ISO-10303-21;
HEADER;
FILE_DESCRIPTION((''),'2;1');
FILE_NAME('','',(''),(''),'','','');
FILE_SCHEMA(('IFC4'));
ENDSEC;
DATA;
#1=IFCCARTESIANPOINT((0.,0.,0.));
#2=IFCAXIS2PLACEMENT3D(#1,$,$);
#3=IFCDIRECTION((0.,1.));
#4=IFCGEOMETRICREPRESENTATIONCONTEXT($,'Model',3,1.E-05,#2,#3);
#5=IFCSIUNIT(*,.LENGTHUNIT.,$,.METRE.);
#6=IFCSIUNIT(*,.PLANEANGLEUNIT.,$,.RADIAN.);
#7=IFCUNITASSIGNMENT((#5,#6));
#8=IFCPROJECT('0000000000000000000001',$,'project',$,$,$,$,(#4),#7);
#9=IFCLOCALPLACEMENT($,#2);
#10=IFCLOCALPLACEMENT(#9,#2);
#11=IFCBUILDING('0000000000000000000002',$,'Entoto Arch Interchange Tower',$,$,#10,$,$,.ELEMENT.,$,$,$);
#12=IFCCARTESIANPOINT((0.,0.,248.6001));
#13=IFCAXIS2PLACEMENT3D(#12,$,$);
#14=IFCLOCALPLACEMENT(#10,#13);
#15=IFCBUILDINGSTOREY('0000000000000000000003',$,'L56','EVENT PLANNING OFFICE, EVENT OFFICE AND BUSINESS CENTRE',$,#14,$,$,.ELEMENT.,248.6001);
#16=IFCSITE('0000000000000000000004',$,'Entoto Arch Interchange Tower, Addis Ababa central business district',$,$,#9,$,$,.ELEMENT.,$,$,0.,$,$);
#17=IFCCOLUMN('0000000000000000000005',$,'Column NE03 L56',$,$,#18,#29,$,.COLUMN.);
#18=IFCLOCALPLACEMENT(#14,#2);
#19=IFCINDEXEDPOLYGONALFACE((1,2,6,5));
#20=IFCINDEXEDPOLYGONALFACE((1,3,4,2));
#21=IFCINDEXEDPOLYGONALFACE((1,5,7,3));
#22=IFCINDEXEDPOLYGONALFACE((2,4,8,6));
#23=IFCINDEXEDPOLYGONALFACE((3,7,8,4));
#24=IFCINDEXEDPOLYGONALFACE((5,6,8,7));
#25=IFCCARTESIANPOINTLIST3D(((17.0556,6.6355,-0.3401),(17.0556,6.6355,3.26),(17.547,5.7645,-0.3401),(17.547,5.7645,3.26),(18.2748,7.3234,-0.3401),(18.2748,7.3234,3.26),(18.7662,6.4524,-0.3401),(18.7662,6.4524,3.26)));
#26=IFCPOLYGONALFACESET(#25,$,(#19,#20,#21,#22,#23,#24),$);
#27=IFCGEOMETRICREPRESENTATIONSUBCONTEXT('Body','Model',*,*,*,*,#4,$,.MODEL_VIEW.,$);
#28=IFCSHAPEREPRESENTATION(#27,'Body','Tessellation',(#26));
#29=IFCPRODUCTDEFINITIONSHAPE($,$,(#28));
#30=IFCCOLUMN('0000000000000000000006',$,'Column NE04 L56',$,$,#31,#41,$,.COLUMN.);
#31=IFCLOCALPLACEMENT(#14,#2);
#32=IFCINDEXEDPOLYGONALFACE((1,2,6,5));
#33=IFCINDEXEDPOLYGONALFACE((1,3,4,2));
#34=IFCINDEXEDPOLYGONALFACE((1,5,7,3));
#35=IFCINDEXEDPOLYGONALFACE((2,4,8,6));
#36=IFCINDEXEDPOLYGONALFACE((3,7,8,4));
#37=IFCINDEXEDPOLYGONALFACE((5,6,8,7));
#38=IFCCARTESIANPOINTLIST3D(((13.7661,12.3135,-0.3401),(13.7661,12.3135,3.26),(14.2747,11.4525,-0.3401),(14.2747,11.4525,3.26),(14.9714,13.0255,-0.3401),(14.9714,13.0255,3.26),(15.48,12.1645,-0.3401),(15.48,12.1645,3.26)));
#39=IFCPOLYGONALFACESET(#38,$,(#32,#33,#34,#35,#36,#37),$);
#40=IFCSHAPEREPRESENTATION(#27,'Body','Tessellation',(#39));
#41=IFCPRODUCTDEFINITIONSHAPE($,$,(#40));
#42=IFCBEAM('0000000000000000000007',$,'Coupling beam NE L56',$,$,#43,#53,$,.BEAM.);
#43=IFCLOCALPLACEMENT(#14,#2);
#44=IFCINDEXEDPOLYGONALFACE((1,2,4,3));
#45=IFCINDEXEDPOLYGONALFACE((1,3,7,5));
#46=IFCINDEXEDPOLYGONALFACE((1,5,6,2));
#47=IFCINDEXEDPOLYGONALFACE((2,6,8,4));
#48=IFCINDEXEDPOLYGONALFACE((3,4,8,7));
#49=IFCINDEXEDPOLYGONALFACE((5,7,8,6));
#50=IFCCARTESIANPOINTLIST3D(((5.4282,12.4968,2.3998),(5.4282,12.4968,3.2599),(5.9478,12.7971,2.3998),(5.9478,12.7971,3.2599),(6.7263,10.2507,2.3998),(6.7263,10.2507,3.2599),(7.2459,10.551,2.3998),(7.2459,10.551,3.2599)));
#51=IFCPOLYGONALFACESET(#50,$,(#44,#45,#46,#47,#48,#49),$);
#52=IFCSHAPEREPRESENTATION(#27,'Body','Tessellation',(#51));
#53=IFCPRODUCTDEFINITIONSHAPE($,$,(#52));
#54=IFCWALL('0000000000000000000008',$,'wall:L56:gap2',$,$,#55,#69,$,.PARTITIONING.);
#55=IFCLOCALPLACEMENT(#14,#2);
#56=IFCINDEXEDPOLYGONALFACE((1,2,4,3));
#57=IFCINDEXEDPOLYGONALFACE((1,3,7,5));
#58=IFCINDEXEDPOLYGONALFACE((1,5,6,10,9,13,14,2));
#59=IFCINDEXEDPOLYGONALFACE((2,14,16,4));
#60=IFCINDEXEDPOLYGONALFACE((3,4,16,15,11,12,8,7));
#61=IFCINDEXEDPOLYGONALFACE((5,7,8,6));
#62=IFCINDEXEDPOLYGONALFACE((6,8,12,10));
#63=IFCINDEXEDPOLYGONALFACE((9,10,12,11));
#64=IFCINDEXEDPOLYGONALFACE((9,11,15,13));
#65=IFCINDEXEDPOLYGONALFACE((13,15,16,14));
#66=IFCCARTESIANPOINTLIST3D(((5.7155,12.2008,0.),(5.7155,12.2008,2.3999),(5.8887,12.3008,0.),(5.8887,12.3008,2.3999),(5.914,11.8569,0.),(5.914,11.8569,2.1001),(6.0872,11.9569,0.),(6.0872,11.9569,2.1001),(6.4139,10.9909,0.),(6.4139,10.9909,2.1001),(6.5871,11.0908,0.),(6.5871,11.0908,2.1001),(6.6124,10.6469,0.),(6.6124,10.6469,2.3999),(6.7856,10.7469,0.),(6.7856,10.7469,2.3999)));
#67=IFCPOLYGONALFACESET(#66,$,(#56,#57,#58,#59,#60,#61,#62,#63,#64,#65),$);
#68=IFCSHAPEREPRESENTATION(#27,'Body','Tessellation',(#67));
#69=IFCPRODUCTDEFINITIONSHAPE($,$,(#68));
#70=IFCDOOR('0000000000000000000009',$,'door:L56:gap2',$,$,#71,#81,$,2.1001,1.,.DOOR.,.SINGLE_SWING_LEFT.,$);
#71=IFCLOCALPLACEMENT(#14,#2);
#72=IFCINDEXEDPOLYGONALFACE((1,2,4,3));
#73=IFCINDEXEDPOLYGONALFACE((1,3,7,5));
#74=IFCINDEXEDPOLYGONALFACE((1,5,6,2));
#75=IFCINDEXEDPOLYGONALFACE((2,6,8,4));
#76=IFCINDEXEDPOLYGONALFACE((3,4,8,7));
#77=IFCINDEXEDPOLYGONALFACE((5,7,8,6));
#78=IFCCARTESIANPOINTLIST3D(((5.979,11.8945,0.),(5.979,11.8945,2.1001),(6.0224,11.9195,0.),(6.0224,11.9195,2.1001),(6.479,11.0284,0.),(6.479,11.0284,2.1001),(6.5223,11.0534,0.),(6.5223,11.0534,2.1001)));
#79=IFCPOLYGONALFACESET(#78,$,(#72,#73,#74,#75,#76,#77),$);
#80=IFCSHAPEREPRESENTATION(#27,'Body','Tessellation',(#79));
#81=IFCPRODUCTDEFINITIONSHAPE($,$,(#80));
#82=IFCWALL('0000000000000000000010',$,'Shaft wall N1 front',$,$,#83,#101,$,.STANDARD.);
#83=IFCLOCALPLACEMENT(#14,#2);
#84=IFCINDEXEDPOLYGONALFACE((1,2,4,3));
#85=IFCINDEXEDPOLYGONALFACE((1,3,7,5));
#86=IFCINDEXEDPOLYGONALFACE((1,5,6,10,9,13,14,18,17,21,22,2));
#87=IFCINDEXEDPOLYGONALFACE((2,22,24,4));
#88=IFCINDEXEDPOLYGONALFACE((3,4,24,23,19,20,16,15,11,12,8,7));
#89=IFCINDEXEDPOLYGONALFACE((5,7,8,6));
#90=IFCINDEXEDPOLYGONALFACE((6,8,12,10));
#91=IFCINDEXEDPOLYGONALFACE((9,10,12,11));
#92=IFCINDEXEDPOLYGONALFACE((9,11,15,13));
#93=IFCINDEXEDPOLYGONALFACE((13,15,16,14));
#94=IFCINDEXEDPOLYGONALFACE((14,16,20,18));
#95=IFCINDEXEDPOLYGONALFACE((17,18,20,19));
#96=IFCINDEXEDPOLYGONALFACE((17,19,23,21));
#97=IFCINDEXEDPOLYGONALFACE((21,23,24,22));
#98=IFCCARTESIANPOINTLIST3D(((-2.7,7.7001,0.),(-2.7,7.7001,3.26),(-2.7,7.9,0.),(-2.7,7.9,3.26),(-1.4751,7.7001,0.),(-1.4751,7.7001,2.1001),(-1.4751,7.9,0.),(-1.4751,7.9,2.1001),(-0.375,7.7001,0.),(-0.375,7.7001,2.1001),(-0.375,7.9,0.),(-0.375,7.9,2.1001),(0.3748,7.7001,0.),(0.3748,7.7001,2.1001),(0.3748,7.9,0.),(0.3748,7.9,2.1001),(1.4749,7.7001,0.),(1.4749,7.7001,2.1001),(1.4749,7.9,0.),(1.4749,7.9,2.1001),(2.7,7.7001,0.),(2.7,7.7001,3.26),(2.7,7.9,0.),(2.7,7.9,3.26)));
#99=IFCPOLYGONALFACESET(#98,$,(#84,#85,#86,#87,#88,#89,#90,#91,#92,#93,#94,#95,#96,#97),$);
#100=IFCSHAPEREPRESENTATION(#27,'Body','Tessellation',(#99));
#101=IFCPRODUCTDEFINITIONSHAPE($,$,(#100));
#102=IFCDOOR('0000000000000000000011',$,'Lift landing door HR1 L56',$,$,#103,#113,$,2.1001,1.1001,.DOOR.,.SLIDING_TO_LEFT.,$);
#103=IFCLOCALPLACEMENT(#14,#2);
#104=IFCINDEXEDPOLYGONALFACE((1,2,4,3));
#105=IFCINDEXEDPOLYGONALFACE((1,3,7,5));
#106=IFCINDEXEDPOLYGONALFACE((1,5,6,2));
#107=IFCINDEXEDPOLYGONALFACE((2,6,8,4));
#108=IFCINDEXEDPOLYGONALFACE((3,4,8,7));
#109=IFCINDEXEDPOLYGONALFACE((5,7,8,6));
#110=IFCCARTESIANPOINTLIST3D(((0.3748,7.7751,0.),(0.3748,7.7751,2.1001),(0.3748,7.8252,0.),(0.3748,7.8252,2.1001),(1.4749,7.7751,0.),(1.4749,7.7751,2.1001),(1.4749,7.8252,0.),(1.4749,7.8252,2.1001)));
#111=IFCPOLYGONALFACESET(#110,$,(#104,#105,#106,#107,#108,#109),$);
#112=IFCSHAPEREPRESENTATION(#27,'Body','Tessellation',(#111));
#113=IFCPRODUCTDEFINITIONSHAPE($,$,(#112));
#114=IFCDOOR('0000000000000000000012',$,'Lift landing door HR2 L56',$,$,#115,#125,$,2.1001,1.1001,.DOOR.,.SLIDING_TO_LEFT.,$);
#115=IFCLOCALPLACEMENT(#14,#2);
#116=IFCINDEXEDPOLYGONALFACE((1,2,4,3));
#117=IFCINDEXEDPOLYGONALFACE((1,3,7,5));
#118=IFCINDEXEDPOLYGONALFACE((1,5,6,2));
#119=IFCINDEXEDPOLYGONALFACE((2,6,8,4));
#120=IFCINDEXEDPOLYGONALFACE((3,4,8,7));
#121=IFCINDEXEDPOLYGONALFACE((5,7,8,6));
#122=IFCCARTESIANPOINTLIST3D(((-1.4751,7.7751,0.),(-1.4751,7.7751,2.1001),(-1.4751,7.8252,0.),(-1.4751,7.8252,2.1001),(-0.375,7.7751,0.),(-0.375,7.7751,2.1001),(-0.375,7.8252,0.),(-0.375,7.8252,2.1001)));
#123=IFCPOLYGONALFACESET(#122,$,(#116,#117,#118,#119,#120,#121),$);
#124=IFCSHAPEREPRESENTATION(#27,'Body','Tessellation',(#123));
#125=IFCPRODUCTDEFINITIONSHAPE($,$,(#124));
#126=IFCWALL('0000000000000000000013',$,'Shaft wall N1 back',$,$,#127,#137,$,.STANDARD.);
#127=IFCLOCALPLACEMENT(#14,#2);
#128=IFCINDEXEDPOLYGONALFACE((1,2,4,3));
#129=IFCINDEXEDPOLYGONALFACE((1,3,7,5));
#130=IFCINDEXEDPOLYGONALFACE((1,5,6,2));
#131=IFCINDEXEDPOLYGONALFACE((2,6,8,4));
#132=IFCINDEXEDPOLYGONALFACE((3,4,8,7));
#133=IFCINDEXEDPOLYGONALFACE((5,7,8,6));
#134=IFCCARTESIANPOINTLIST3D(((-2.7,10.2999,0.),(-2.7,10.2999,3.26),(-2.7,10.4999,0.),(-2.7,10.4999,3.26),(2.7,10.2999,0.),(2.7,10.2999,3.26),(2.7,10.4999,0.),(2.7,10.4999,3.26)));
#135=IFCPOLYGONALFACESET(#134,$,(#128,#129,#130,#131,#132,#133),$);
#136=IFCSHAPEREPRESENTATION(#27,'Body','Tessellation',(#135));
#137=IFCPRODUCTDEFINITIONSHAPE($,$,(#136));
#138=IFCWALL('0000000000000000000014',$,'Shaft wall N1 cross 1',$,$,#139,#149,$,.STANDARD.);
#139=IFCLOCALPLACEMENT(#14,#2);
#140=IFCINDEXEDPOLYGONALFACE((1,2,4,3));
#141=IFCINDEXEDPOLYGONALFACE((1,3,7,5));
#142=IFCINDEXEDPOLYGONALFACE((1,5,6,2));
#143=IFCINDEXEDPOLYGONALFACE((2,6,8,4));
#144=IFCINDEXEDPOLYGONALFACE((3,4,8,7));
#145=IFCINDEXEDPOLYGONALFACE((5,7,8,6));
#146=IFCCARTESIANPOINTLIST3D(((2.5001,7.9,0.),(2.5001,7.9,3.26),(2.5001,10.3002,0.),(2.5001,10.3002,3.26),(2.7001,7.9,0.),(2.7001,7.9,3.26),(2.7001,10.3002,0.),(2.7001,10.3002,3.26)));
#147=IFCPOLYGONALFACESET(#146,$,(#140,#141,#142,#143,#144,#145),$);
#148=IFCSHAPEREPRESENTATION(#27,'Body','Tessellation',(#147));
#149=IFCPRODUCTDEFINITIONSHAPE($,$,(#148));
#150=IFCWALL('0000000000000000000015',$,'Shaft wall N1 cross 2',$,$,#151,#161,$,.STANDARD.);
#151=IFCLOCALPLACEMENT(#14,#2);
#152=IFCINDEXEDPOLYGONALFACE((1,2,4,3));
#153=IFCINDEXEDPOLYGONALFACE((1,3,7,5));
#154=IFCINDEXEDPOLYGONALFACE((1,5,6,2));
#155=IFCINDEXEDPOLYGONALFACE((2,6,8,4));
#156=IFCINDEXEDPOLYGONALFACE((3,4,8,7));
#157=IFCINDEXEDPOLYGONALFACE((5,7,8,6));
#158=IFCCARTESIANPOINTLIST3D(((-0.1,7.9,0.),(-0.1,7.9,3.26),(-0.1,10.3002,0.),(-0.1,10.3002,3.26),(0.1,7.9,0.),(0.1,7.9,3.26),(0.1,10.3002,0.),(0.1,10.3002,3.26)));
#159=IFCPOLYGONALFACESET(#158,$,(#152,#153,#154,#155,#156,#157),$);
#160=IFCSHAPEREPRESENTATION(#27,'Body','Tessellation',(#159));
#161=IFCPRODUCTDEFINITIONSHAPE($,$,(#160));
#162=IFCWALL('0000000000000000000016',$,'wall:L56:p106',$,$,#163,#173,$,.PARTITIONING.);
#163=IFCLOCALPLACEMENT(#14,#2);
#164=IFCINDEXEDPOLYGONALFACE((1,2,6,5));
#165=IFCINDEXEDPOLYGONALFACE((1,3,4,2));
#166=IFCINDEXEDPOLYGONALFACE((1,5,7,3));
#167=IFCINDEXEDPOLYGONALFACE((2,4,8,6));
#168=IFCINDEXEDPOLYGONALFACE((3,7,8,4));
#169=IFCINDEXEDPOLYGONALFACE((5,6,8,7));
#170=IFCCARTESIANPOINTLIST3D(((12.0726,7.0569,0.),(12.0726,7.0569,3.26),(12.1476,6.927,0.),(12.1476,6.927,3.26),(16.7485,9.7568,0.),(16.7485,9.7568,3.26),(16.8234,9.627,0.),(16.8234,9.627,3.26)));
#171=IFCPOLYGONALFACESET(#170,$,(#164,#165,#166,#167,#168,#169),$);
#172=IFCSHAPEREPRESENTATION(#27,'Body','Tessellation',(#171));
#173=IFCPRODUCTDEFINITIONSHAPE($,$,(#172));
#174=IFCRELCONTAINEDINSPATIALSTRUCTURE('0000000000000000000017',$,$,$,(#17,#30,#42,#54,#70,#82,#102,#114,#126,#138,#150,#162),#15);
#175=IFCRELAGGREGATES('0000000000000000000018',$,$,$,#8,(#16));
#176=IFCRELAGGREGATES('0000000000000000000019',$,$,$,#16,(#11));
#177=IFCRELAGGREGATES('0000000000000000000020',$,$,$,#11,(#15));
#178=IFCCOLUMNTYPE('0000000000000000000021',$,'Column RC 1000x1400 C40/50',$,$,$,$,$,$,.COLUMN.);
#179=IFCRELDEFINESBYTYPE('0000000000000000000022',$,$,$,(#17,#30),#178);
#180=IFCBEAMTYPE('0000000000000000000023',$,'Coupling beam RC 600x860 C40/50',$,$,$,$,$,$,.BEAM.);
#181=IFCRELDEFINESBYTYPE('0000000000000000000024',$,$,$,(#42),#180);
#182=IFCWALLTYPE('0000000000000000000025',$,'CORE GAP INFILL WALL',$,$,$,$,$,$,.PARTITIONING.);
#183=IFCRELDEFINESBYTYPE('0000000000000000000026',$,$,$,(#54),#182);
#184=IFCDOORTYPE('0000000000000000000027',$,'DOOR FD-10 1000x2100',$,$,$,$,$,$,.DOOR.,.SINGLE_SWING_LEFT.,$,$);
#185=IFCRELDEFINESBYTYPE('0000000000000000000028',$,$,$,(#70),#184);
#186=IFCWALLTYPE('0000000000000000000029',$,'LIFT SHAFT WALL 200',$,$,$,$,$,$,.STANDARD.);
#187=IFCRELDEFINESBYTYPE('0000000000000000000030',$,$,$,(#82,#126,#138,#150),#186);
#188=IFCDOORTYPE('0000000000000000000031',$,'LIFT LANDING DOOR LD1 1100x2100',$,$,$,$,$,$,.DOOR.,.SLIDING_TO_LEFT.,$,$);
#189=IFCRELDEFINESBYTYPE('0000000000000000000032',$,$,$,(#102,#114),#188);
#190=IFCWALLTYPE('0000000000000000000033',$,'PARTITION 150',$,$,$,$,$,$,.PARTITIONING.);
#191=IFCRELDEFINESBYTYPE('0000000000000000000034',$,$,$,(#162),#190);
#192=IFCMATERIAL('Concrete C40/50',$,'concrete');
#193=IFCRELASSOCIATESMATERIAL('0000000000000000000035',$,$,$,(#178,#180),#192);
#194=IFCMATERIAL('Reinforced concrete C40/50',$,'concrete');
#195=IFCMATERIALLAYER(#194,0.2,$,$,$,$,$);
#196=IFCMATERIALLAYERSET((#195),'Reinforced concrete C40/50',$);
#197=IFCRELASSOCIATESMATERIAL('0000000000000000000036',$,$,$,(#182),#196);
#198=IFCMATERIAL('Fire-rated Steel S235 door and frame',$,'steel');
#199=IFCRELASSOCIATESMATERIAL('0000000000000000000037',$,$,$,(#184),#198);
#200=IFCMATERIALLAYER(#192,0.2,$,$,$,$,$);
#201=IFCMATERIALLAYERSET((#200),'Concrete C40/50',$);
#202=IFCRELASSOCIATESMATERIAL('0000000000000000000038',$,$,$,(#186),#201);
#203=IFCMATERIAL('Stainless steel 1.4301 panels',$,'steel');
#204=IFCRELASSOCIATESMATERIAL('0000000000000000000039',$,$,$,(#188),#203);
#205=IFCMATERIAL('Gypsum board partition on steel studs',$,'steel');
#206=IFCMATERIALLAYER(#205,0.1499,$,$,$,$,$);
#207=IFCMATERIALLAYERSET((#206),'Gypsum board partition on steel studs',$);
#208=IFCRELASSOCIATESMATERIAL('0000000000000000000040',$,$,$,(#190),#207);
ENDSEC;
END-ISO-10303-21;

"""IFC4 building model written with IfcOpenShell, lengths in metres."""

from ifc_helpers import new_model, si_unit, direction, frame, frame_2d, origin, origin_2d, place, context, subcontext, project, spatial, rectangle, extrude, material, layer, layer_set, material_profile, profile_set, type_object, element, fill, save


model = new_model("IFC4")

# Units and contexts
model_context = context("Model", 3, precision=1e-05, world=origin(), true_north=direction((0.0, 1.0)))
body_context = subcontext(model_context, "Body", "Model", "MODEL_VIEW")
ifc_project = project(units=[si_unit("LENGTHUNIT", "METRE"), si_unit("PLANEANGLEUNIT", "RADIAN")], contexts=[model_context])

# Site, building, storey
site_placement = place(None, origin())
site = spatial("IfcSite", under=ifc_project, at=site_placement, Name="Entoto Arch Interchange Tower, Addis Ababa central business district", CompositionType="ELEMENT", RefElevation=0.0)
building_placement = place(site_placement, origin())
building = spatial("IfcBuilding", under=site, at=building_placement, Name="Entoto Arch Interchange Tower", CompositionType="ELEMENT")
storey_placement = place(building_placement, frame((0.0, 0.0, 248.6001)))
storey = spatial("IfcBuildingStorey", under=building, at=storey_placement, Name="L56", Description="EVENT PLANNING OFFICE, EVENT OFFICE AND BUSINESS CENTRE", CompositionType="ELEMENT", Elevation=248.6001)

# Columns
ifc_material_1 = material(Name="Concrete C40/50", Category="concrete")
ifc_material_profile_1 = material_profile(ifc_material_1, rectangle(XDim=1.0, YDim=1.3999, at=origin_2d()))
ifc_profile_set_1 = profile_set([ifc_material_profile_1], Name="Concrete C40/50")
column_type = type_object("IfcColumnType", Name="Column RC 1000x1400 C40/50", PredefinedType="COLUMN", material=ifc_profile_set_1)
for number, where, z_axis, x_axis, name in (
    (1, (17.9109, 6.5439, -0.3401), (0.0, 0.0, 1.0), (-0.491375, 0.870948, 0.0), "Column NE03 L56"),
    (2, (14.623, 12.239, -0.3401), (0.0, 0.0, 1.0), (-0.508576, 0.861017, 0.0), "Column NE04 L56"),
):
    element("IfcColumn", number, at=place(storey_placement, frame(where, z_axis=z_axis, x_axis=x_axis)), inside=storey, type_object=column_type, Name=name, PredefinedType="COLUMN", context=body_context, shape_type="SweptSolid", body=[
        extrude(rectangle(XDim=1.0, YDim=1.3999, at=origin_2d()), origin(), (0.0, 0.0, 1.0), 3.6001),
    ])

# Beam
ifc_material_profile_2 = material_profile(ifc_material_1, rectangle(XDim=0.6001, YDim=0.8601, at=origin_2d()))
ifc_profile_set_2 = profile_set([ifc_material_profile_2], Name="Concrete C40/50")
beam_type = type_object("IfcBeamType", Name="Coupling beam RC 600x860 C40/50", PredefinedType="BEAM", material=ifc_profile_set_2)
beam_placement = place(storey_placement, frame((6.9861, 10.4009, 2.8298), z_axis=(-0.50038, 0.865806, 0.0), x_axis=(-0.865806, -0.50038, 0.0)))
element("IfcBeam", 3, at=beam_placement, inside=storey, type_object=beam_type, Name="Coupling beam NE L56", PredefinedType="BEAM", context=body_context, shape_type="SweptSolid", body=[
    extrude(rectangle(XDim=0.6001, YDim=0.8601, at=origin_2d()), origin(), (0.0, 0.0, 1.0), 2.5942),
])

# Wall, opening, door
ifc_material_2 = material(Name="Reinforced concrete C40/50", Category="concrete")
ifc_layer_1 = layer(ifc_material_2, 0.2)
ifc_layer_set_1 = layer_set([ifc_layer_1], Name="Reinforced concrete C40/50")
wall_type_1 = type_object("IfcWallType", Name="CORE GAP INFILL WALL", PredefinedType="PARTITIONING", material=ifc_layer_set_1)
wall_1_placement = place(storey_placement, frame((6.699, 10.697, 0.0), z_axis=(0.0, 0.0, 1.0), x_axis=(-0.499915, 0.866075, 0.0)))
wall_1 = element("IfcWall", 4, at=wall_1_placement, inside=storey, type_object=wall_type_1, Name="wall:L56:gap2", PredefinedType="PARTITIONING", context=body_context, shape_type="SweptSolid", body=[
    extrude(rectangle(XDim=1.7942, YDim=0.2, at=frame_2d((0.897, 0.0))), origin(), (0.0, 0.0, 1.0), 2.3999),
])
opening_1_placement = place(wall_1_placement, frame((0.397, 0.0, 0.0)))
opening_1 = element("IfcOpeningElement", 5, at=opening_1_placement, cuts=wall_1, PredefinedType="OPENING", context=body_context, shape_type="SweptSolid", body=[
    extrude(rectangle(XDim=1.0, YDim=2.1001, at=frame_2d((0.5, 1.05))), frame((0.0, 0.1099, 0.0), z_axis=(0.0, -1.0, 0.0), x_axis=(1.0, 0.0, 0.0)), (0.0, 0.0, 1.0), 0.22),
])
ifc_material_3 = material(Name="Fire-rated Steel S235 door and frame", Category="steel")
door_type_1 = type_object("IfcDoorType", Name="DOOR FD-10 1000x2100", OperationType="SINGLE_SWING_LEFT", PredefinedType="DOOR", material=ifc_material_3)
door_1_placement = place(opening_1_placement, origin())
door_1 = element("IfcDoor", 6, at=door_1_placement, inside=storey, type_object=door_type_1, Name="door:L56:gap2", OperationType="SINGLE_SWING_LEFT", OverallHeight=2.1001, OverallWidth=1.0, PredefinedType="DOOR", context=body_context, shape_type="SweptSolid", body=[
    extrude(rectangle(XDim=1.0, YDim=2.1001, at=frame_2d((0.5, 1.05))), frame((0.0, 0.0249, 0.0), z_axis=(0.0, -1.0, 0.0), x_axis=(1.0, 0.0, 0.0)), (0.0, 0.0, 1.0), 0.05),
])
fill(opening_1, door_1)

# Wall, openings, doors
ifc_layer_2 = layer(ifc_material_1, 0.2)
ifc_layer_set_2 = layer_set([ifc_layer_2], Name="Concrete C40/50")
wall_type_2 = type_object("IfcWallType", Name="LIFT SHAFT WALL 200", PredefinedType="STANDARD", material=ifc_layer_set_2)
wall_2_placement = place(storey_placement, frame((2.7, 7.8, 0.0), z_axis=(0.0, 0.0, 1.0), x_axis=(-1.0, 0.0, 0.0)))
wall_2 = element("IfcWall", 7, at=wall_2_placement, inside=storey, type_object=wall_type_2, Name="Shaft wall N1 front", PredefinedType="STANDARD", context=body_context, shape_type="SweptSolid", body=[
    extrude(rectangle(XDim=5.3999, YDim=0.2, at=frame_2d((2.7, 0.0))), origin(), (0.0, 0.0, 1.0), 3.26),
])
opening_2_placement = place(wall_2_placement, frame((1.2251, 0.0, 0.0)))
opening_2 = element("IfcOpeningElement", 8, at=opening_2_placement, cuts=wall_2, PredefinedType="OPENING", context=body_context, shape_type="SweptSolid", body=[
    extrude(rectangle(XDim=1.1001, YDim=2.1001, at=frame_2d((0.55, 1.05))), frame((0.0, 0.1099, 0.0), z_axis=(0.0, -1.0, 0.0), x_axis=(1.0, 0.0, 0.0)), (0.0, 0.0, 1.0), 0.22),
])
opening_3_placement = place(wall_2_placement, frame((3.075, 0.0, 0.0)))
opening_3 = element("IfcOpeningElement", 9, at=opening_3_placement, cuts=wall_2, PredefinedType="OPENING", context=body_context, shape_type="SweptSolid", body=[
    extrude(rectangle(XDim=1.1001, YDim=2.1001, at=frame_2d((0.55, 1.05))), frame((0.0, 0.1099, 0.0), z_axis=(0.0, -1.0, 0.0), x_axis=(1.0, 0.0, 0.0)), (0.0, 0.0, 1.0), 0.22),
])
ifc_material_4 = material(Name="Stainless steel 1.4301 panels", Category="steel")
door_type_2 = type_object("IfcDoorType", Name="LIFT LANDING DOOR LD1 1100x2100", OperationType="SLIDING_TO_LEFT", PredefinedType="DOOR", material=ifc_material_4)
door_2_placement = place(opening_2_placement, origin())
door_2 = element("IfcDoor", 10, at=door_2_placement, inside=storey, type_object=door_type_2, Name="Lift landing door HR1 L56", OperationType="SLIDING_TO_LEFT", OverallHeight=2.1001, OverallWidth=1.1001, PredefinedType="DOOR", context=body_context, shape_type="SweptSolid", body=[
    extrude(rectangle(XDim=1.1001, YDim=2.1001, at=frame_2d((0.55, 1.05))), frame((0.0, 0.0249, 0.0), z_axis=(0.0, -1.0, 0.0), x_axis=(1.0, 0.0, 0.0)), (0.0, 0.0, 1.0), 0.05),
])
fill(opening_2, door_2)
door_3_placement = place(opening_3_placement, origin())
door_3 = element("IfcDoor", 11, at=door_3_placement, inside=storey, type_object=door_type_2, Name="Lift landing door HR2 L56", OperationType="SLIDING_TO_LEFT", OverallHeight=2.1001, OverallWidth=1.1001, PredefinedType="DOOR", context=body_context, shape_type="SweptSolid", body=[
    extrude(rectangle(XDim=1.1001, YDim=2.1001, at=frame_2d((0.55, 1.05))), frame((0.0, 0.0249, 0.0), z_axis=(0.0, -1.0, 0.0), x_axis=(1.0, 0.0, 0.0)), (0.0, 0.0, 1.0), 0.05),
])
fill(opening_3, door_3)

# Walls
wall_3_placement = place(storey_placement, frame((2.7, 10.3999, 0.0), z_axis=(0.0, 0.0, 1.0), x_axis=(-1.0, 0.0, 0.0)))
element("IfcWall", 12, at=wall_3_placement, inside=storey, type_object=wall_type_2, Name="Shaft wall N1 back", PredefinedType="STANDARD", context=body_context, shape_type="SweptSolid", body=[
    extrude(rectangle(XDim=5.3999, YDim=0.2, at=frame_2d((2.7, 0.0))), origin(), (0.0, 0.0, 1.0), 3.26),
])
for number, where, z_axis, x_axis, name in (
    (13, (2.6001, 7.8999, 0.0), (0.0, 0.0, 1.0), (0.0, 1.0, 0.0), "Shaft wall N1 cross 1"),
    (14, (0.0, 7.8999, 0.0), (0.0, 0.0, 1.0), (0.0, 1.0, 0.0), "Shaft wall N1 cross 2"),
):
    element("IfcWall", number, at=place(storey_placement, frame(where, z_axis=z_axis, x_axis=x_axis)), inside=storey, type_object=wall_type_2, Name=name, PredefinedType="STANDARD", context=body_context, shape_type="SweptSolid", body=[
        extrude(rectangle(XDim=2.4001, YDim=0.2, at=frame_2d((1.2002, 0.0))), origin(), (0.0, 0.0, 1.0), 3.26),
    ])
ifc_material_5 = material(Name="Gypsum board partition on steel studs", Category="steel")
ifc_layer_3 = layer(ifc_material_5, 0.1499)
ifc_layer_set_3 = layer_set([ifc_layer_3], Name="Gypsum board partition on steel studs")
wall_type_3 = type_object("IfcWallType", Name="PARTITION 150", PredefinedType="PARTITIONING", material=ifc_layer_set_3)
wall_4_placement = place(storey_placement, frame((12.1101, 6.9919, 0.0), z_axis=(0.0, 0.0, 1.0), x_axis=(0.865994, 0.500054, 0.0)))
element("IfcWall", 15, at=wall_4_placement, inside=storey, type_object=wall_type_3, Name="wall:L56:p106", PredefinedType="PARTITIONING", context=body_context, shape_type="SweptSolid", body=[
    extrude(rectangle(XDim=5.3994, YDim=0.1499, at=frame_2d((2.6997, 0.0))), origin(), (0.0, 0.0, 1.0), 3.26),
])

save(model, "model.ifc")
